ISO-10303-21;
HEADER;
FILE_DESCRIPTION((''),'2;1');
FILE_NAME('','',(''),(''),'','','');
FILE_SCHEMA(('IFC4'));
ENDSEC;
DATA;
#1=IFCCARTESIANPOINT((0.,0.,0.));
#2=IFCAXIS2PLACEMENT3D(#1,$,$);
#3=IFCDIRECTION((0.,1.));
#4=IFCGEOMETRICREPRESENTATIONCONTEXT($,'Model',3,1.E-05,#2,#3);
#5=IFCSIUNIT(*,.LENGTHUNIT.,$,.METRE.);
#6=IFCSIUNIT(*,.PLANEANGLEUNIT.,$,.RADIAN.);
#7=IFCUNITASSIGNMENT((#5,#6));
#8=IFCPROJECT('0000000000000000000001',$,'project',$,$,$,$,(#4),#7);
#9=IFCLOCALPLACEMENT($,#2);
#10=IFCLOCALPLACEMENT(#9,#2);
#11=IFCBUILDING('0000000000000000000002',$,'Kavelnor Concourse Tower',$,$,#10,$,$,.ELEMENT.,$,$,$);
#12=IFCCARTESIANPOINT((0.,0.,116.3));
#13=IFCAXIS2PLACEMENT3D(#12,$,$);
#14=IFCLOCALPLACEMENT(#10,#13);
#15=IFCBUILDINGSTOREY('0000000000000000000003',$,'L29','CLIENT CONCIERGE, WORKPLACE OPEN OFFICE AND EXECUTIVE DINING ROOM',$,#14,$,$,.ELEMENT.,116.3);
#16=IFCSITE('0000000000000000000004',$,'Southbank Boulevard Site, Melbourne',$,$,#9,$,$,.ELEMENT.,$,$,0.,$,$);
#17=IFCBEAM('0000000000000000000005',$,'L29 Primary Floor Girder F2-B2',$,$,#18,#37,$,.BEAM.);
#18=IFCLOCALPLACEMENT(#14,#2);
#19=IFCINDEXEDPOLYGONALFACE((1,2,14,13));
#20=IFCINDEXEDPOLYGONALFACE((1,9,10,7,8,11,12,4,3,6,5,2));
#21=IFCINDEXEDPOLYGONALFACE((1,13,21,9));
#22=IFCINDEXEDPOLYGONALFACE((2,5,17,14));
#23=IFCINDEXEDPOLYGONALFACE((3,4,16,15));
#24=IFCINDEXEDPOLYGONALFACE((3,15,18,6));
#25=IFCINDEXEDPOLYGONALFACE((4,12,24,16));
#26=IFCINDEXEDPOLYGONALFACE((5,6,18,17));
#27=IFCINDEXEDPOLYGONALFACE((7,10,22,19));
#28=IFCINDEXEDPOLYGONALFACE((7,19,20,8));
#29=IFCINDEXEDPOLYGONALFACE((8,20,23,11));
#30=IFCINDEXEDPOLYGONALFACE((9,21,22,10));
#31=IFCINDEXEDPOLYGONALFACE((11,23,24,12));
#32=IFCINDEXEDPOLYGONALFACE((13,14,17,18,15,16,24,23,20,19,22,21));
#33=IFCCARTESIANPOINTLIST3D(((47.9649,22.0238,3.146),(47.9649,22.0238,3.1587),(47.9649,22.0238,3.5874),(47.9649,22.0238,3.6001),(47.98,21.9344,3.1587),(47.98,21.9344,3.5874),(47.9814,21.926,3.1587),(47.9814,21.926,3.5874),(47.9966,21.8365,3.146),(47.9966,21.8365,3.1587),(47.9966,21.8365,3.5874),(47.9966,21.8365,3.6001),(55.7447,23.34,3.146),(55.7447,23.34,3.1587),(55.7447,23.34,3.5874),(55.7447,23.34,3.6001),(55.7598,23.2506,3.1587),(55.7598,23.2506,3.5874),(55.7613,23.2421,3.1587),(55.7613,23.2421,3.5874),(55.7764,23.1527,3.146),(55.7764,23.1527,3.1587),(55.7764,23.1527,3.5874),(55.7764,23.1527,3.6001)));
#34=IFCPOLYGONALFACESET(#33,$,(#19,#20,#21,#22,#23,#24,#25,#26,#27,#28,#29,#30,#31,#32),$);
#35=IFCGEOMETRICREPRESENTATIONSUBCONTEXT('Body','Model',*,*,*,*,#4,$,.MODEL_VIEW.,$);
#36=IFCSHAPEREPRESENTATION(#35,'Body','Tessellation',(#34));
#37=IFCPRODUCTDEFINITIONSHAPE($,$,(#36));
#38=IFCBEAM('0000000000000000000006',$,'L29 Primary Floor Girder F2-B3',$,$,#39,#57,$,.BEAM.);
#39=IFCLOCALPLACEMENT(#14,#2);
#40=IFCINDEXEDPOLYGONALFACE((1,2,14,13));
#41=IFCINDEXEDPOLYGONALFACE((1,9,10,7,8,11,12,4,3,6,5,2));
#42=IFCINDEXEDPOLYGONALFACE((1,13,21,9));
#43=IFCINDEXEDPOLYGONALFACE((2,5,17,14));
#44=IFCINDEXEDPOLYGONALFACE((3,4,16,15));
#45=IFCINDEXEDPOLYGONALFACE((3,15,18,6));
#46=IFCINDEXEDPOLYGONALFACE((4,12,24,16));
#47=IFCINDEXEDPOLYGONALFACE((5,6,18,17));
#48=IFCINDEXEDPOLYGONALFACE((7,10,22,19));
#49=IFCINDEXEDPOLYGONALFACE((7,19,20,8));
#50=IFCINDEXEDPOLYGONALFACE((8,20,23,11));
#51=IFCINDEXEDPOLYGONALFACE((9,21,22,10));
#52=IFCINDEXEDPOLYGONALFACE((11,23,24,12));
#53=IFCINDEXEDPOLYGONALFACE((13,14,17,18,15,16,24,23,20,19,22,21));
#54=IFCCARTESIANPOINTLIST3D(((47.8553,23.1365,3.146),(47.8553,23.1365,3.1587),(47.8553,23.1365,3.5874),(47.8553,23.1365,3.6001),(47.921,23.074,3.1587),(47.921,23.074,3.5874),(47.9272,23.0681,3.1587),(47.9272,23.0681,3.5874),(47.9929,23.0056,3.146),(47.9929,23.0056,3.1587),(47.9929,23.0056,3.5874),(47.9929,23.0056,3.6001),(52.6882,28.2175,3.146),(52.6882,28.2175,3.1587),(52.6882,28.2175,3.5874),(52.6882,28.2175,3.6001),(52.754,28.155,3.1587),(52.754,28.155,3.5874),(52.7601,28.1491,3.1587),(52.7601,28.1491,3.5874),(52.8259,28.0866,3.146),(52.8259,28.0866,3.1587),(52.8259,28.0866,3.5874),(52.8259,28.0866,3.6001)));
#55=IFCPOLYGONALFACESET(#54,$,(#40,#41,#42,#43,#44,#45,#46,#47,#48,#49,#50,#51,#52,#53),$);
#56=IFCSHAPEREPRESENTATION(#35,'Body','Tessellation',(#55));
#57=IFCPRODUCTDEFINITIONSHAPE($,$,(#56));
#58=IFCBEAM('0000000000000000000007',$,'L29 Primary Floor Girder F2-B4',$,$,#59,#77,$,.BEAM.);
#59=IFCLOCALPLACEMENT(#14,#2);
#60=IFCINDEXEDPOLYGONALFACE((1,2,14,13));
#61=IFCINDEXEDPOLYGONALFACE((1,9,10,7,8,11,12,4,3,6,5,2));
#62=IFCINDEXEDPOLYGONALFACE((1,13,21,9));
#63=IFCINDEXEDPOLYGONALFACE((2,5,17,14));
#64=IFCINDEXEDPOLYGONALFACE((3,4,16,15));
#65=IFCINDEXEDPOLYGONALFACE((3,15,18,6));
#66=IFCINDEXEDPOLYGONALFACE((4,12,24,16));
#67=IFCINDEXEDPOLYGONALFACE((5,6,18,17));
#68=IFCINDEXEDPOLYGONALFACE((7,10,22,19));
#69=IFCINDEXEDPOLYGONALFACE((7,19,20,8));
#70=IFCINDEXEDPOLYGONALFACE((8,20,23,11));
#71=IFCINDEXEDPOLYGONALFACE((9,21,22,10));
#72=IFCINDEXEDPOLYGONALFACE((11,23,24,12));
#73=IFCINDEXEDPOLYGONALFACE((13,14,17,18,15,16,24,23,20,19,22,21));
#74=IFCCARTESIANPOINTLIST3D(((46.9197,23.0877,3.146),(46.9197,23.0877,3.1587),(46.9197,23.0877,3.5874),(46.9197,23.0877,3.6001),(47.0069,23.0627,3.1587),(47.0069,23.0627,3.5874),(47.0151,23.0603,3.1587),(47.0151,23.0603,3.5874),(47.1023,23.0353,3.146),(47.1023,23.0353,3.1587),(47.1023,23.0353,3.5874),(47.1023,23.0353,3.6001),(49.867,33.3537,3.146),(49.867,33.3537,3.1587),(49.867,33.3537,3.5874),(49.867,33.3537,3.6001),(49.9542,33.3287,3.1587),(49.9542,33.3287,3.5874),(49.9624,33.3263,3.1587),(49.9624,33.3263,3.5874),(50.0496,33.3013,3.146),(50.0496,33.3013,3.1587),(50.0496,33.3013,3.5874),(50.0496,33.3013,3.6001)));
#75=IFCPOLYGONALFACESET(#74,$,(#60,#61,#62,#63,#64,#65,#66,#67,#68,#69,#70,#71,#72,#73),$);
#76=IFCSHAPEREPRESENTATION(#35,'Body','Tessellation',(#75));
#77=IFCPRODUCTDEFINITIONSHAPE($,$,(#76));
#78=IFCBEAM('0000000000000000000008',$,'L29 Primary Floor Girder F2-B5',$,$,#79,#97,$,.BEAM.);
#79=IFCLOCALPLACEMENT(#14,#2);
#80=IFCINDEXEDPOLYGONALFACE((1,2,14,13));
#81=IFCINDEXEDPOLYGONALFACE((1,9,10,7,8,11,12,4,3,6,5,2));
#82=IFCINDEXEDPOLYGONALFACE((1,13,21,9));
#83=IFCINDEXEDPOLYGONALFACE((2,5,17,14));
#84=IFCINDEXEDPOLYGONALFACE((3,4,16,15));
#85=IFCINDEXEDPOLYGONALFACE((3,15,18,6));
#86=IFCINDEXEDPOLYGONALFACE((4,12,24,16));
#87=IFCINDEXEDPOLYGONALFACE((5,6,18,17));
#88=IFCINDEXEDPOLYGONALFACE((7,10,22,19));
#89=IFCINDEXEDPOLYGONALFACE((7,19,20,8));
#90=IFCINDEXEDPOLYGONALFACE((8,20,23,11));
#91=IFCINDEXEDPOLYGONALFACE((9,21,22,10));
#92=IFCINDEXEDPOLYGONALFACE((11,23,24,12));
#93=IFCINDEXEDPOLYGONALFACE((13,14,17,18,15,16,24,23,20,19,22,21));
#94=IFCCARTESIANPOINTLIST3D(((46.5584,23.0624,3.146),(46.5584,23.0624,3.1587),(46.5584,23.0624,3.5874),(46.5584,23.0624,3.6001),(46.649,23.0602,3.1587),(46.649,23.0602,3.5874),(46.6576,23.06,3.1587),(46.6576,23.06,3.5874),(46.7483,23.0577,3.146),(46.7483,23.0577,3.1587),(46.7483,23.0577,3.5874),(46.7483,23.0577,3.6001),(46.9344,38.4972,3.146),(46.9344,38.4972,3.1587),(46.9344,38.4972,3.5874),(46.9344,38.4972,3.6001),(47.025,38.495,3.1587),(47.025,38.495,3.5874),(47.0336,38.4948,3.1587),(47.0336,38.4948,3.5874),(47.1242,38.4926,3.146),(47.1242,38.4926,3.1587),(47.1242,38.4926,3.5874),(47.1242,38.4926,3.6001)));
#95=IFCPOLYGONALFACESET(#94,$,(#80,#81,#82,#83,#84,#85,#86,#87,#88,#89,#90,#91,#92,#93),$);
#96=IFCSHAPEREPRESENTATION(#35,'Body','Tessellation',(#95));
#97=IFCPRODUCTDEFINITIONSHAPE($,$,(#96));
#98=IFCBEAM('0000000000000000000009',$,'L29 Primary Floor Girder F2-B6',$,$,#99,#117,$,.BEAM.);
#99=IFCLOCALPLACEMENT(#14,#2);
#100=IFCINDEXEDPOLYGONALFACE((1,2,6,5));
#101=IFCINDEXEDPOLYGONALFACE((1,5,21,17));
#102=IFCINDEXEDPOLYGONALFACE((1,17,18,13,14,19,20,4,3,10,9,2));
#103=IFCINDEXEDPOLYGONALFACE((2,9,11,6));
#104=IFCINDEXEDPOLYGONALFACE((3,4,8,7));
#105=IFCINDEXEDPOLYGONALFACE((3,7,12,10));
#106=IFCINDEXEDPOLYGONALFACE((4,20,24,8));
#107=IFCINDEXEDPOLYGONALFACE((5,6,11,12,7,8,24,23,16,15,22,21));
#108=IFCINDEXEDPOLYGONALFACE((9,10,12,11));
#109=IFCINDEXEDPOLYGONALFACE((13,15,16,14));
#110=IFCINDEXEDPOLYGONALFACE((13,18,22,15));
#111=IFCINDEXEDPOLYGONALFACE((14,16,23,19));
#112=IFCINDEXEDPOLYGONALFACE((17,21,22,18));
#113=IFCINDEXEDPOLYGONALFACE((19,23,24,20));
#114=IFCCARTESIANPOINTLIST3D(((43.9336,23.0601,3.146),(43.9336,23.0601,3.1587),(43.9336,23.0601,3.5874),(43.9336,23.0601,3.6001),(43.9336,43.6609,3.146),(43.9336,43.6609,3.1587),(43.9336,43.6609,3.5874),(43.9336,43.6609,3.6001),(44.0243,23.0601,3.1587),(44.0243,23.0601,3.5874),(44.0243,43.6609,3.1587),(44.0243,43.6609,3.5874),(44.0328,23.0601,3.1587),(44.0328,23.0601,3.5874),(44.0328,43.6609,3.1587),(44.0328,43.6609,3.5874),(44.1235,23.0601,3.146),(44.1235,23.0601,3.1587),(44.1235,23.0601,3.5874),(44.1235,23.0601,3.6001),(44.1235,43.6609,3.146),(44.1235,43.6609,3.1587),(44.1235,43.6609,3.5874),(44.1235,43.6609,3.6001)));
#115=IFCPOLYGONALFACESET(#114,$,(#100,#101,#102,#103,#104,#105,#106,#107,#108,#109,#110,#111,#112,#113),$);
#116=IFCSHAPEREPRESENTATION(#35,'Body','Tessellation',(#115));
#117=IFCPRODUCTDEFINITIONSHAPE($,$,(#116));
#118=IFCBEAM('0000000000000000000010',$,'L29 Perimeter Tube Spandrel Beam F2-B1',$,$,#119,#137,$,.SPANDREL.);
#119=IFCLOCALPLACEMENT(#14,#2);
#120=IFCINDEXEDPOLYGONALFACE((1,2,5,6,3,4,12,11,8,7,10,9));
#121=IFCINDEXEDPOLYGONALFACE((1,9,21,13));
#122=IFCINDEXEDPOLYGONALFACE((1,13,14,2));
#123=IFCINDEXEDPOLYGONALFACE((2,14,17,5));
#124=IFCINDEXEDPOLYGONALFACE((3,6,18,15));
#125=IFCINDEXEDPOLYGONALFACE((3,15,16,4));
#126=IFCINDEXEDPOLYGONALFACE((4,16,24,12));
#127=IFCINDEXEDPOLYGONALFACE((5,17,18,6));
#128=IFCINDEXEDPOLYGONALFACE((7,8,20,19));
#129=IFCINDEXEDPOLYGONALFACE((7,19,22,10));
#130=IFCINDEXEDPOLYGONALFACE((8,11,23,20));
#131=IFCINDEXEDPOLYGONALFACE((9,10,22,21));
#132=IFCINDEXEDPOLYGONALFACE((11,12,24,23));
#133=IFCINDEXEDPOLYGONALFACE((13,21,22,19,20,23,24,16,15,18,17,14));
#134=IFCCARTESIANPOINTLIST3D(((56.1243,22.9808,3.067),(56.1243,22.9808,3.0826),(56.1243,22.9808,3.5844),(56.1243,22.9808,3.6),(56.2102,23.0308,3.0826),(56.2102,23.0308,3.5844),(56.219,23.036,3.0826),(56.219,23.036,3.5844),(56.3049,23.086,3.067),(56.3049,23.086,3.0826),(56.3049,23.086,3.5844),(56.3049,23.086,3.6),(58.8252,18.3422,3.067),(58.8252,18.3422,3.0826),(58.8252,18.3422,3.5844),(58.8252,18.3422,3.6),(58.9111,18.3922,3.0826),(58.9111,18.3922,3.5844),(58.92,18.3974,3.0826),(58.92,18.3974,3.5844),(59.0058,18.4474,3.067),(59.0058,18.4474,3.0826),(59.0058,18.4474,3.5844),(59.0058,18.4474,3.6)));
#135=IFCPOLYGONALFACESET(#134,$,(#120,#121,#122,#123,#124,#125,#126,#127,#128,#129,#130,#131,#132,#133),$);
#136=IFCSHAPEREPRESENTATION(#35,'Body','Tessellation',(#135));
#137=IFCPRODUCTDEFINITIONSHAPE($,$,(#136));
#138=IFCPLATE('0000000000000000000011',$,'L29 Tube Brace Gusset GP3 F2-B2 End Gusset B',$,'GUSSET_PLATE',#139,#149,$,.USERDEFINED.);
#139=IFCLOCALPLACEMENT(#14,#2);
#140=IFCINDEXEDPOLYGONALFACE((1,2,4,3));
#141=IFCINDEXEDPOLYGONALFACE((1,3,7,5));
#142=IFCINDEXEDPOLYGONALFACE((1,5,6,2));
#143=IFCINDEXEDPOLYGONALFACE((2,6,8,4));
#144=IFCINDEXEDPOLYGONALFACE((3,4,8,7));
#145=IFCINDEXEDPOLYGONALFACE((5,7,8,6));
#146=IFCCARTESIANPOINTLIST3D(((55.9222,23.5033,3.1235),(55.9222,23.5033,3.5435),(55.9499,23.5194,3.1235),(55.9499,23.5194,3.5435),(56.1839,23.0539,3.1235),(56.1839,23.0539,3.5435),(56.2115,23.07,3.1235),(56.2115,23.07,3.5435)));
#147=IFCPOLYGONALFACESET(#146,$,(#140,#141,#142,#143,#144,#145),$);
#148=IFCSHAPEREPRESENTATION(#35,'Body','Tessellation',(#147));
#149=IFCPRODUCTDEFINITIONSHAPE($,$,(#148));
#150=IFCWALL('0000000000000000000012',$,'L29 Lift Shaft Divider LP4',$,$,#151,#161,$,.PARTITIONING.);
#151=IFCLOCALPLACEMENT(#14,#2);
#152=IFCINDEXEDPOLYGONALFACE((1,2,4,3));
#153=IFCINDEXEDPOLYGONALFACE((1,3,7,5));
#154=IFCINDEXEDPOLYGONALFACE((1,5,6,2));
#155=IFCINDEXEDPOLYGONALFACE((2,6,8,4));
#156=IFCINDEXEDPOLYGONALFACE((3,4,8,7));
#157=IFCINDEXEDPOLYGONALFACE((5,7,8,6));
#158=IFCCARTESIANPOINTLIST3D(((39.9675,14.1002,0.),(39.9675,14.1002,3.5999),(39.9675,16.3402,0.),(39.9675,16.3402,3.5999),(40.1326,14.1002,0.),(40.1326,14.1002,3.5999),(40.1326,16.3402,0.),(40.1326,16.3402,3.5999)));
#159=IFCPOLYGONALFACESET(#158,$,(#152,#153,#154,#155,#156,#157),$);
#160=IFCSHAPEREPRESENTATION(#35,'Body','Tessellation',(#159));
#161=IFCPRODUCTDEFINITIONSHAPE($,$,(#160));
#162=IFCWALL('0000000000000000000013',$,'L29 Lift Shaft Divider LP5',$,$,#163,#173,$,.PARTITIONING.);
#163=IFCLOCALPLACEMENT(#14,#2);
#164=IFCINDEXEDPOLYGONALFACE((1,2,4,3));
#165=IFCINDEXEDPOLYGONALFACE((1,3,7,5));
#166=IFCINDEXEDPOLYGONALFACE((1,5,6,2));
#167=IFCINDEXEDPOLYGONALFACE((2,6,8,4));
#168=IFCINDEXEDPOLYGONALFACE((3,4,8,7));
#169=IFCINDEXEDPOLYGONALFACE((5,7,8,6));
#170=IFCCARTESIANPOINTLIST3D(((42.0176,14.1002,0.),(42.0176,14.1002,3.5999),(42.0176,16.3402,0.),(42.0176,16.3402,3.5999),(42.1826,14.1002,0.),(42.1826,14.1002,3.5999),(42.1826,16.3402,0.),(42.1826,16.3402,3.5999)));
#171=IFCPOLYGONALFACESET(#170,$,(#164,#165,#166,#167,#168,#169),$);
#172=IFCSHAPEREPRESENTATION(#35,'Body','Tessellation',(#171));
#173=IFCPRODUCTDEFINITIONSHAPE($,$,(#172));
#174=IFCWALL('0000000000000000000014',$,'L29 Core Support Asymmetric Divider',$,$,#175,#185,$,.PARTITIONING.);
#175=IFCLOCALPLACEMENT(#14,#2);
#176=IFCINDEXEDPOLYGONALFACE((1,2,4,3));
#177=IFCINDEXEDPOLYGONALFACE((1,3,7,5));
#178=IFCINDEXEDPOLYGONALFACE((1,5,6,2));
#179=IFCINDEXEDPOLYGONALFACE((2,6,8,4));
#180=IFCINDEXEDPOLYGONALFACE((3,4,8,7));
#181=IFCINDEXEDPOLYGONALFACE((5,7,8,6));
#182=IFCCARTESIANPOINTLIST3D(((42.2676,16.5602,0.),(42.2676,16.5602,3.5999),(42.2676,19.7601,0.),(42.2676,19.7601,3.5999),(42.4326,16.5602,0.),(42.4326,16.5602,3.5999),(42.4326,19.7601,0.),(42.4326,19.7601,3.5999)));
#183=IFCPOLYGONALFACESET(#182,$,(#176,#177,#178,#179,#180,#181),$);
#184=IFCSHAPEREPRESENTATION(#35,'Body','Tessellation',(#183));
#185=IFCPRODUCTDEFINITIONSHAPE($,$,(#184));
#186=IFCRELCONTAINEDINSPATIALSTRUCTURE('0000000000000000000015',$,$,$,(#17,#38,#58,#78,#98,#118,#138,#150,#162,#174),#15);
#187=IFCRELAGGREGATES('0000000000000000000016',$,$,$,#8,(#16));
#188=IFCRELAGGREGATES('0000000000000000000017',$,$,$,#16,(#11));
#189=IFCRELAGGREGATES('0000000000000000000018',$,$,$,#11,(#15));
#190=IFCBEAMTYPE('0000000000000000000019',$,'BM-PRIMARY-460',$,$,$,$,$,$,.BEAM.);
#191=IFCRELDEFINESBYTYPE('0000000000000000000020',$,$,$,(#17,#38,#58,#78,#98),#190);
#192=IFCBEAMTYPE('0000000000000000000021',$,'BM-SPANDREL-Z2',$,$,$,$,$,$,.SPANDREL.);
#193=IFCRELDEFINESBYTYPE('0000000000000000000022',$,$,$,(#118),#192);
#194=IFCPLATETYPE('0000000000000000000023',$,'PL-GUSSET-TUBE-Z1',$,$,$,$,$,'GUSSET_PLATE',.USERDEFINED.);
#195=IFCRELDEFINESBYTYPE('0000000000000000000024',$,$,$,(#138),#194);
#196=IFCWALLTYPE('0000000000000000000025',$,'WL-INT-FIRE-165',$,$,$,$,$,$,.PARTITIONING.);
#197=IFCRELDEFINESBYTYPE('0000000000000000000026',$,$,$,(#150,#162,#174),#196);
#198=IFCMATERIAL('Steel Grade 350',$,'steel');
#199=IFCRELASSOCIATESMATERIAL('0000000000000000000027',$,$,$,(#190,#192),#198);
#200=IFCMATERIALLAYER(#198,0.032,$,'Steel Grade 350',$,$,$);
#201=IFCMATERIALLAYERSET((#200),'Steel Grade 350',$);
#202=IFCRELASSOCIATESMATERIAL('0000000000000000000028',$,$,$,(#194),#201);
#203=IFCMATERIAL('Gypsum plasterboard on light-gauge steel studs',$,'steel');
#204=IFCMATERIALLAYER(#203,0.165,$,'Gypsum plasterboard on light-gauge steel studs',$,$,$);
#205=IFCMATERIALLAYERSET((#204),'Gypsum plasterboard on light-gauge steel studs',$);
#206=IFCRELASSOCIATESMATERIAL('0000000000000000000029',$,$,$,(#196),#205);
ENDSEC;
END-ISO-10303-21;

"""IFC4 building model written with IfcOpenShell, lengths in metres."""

from ifc_helpers import new_model, si_unit, direction, frame, frame_2d, origin, origin_2d, place, context, subcontext, project, spatial, rectangle, i_section, extrude, material, layer, layer_set, material_profile, profile_set, type_object, element, save


model = new_model("IFC4")

# Units and contexts
model_context = context("Model", 3, precision=1e-05, world=origin(), true_north=direction((0.0, 1.0)))
body_context = subcontext(model_context, "Body", "Model", "MODEL_VIEW")
ifc_project = project(units=[si_unit("LENGTHUNIT", "METRE"), si_unit("PLANEANGLEUNIT", "RADIAN")], contexts=[model_context])

# Site, building, storey
site_placement = place(None, origin())
site = spatial("IfcSite", under=ifc_project, at=site_placement, Name="Southbank Boulevard Site, Melbourne", CompositionType="ELEMENT", RefElevation=0.0)
building_placement = place(site_placement, origin())
building = spatial("IfcBuilding", under=site, at=building_placement, Name="Kavelnor Concourse Tower", CompositionType="ELEMENT")
storey_placement = place(building_placement, frame((0.0, 0.0, 116.3)))
storey = spatial("IfcBuildingStorey", under=building, at=storey_placement, Name="L29", Description="CLIENT CONCIERGE, WORKPLACE OPEN OFFICE AND EXECUTIVE DINING ROOM", CompositionType="ELEMENT", Elevation=116.3)

# Shared definitions
ifc_material_1 = material(Name="Steel Grade 350", Category="steel")

# Beams
ifc_material_profile_1 = material_profile(ifc_material_1, i_section(OverallWidth=0.1899, OverallDepth=0.4541, WebThickness=0.0085, FlangeThickness=0.0127, at=origin_2d()), Name="460UB67")
ifc_profile_set_1 = profile_set([ifc_material_profile_1], Name="Steel Grade 350")
beam_type_1 = type_object("IfcBeamType", Name="BM-PRIMARY-460", PredefinedType="BEAM", material=ifc_profile_set_1)
beam_1_placement = place(storey_placement, frame((47.9807, 21.9302, 3.373), z_axis=(0.98599, 0.166807, 0.0), x_axis=(-0.166807, 0.98599, 0.0)))
element("IfcBeam", 1, at=beam_1_placement, inside=storey, type_object=beam_type_1, Name="L29 Primary Floor Girder F2-B2", PredefinedType="BEAM", context=body_context, shape_type="SweptSolid", body=[
    extrude(i_section(OverallWidth=0.1899, OverallDepth=0.4541, WebThickness=0.0085, FlangeThickness=0.0127, at=origin_2d()), origin(), (0.0, 0.0, 1.0), 7.8904),
])
beam_2_placement = place(storey_placement, frame((47.9241, 23.071, 3.373), z_axis=(0.6892, 0.724572, 0.0), x_axis=(-0.724572, 0.6892, 0.0)))
element("IfcBeam", 2, at=beam_2_placement, inside=storey, type_object=beam_type_1, Name="L29 Primary Floor Girder F2-B3", PredefinedType="BEAM", context=body_context, shape_type="SweptSolid", body=[
    extrude(i_section(OverallWidth=0.1899, OverallDepth=0.4541, WebThickness=0.0085, FlangeThickness=0.0127, at=origin_2d()), origin(), (0.0, 0.0, 1.0), 7.0125),
])
beam_3_placement = place(storey_placement, frame((47.011, 23.0615, 3.373), z_axis=(0.275947, 0.961173, 0.0), x_axis=(-0.961173, 0.275947, 0.0)))
element("IfcBeam", 3, at=beam_3_placement, inside=storey, type_object=beam_type_1, Name="L29 Primary Floor Girder F2-B4", PredefinedType="BEAM", context=body_context, shape_type="SweptSolid", body=[
    extrude(i_section(OverallWidth=0.1899, OverallDepth=0.4541, WebThickness=0.0085, FlangeThickness=0.0127, at=origin_2d()), origin(), (0.0, 0.0, 1.0), 10.6807),
])
beam_4_placement = place(storey_placement, frame((46.6533, 23.0601, 3.373), z_axis=(0.024352, 0.999703, 0.0), x_axis=(-0.999703, 0.024352, 0.0)))
element("IfcBeam", 4, at=beam_4_placement, inside=storey, type_object=beam_type_1, Name="L29 Primary Floor Girder F2-B5", PredefinedType="BEAM", context=body_context, shape_type="SweptSolid", body=[
    extrude(i_section(OverallWidth=0.1899, OverallDepth=0.4541, WebThickness=0.0085, FlangeThickness=0.0127, at=origin_2d()), origin(), (0.0, 0.0, 1.0), 15.4395),
])
beam_5_placement = place(storey_placement, frame((44.0286, 23.0601, 3.373), z_axis=(0.0, 1.0, 0.0), x_axis=(-1.0, 0.0, 0.0)))
element("IfcBeam", 5, at=beam_5_placement, inside=storey, type_object=beam_type_1, Name="L29 Primary Floor Girder F2-B6", PredefinedType="BEAM", context=body_context, shape_type="SweptSolid", body=[
    extrude(i_section(OverallWidth=0.1899, OverallDepth=0.4541, WebThickness=0.0085, FlangeThickness=0.0127, at=origin_2d()), origin(), (0.0, 0.0, 1.0), 20.6008),
])
ifc_material_profile_2 = material_profile(ifc_material_1, i_section(OverallWidth=0.209, OverallDepth=0.533, WebThickness=0.0103, FlangeThickness=0.0156, at=origin_2d()), Name="530UB92")
ifc_profile_set_2 = profile_set([ifc_material_profile_2], Name="Steel Grade 350")
beam_type_2 = type_object("IfcBeamType", Name="BM-SPANDREL-Z2", PredefinedType="SPANDREL", material=ifc_profile_set_2)
beam_6_placement = place(storey_placement, frame((58.9155, 18.3948, 3.3335), z_axis=(-0.503181, 0.864181, 0.0), x_axis=(-0.864181, -0.503181, 0.0)))
element("IfcBeam", 6, at=beam_6_placement, inside=storey, type_object=beam_type_2, Name="L29 Perimeter Tube Spandrel Beam F2-B1", PredefinedType="SPANDREL", context=body_context, shape_type="SweptSolid", body=[
    extrude(i_section(OverallWidth=0.209, OverallDepth=0.533, WebThickness=0.0103, FlangeThickness=0.0156, at=origin_2d()), origin(), (0.0, 0.0, 1.0), 5.3677),
])

# Plate
ifc_layer_1 = layer(ifc_material_1, 0.032, Name="Steel Grade 350")
ifc_layer_set_1 = layer_set([ifc_layer_1], Name="Steel Grade 350")
plate_type = type_object("IfcPlateType", Name="PL-GUSSET-TUBE-Z1", ElementType="GUSSET_PLATE", PredefinedType="USERDEFINED", material=ifc_layer_set_1)
plate_placement = place(storey_placement, frame((56.0669, 23.2866, 3.1235), z_axis=(0.0, 0.0, 1.0), x_axis=(0.503171, -0.864187, 0.0)))
element("IfcPlate", 7, at=plate_placement, inside=storey, type_object=plate_type, Name="L29 Tube Brace Gusset GP3 F2-B2 End Gusset B", ObjectType="GUSSET_PLATE", PredefinedType="USERDEFINED", context=body_context, shape_type="SweptSolid", body=[
    extrude(rectangle(XDim=0.52, YDim=0.032, at=origin_2d()), origin(), (0.0, 0.0, 1.0), 0.4199),
])

# Walls
ifc_material_2 = material(Name="Gypsum plasterboard on light-gauge steel studs", Category="steel")
ifc_layer_2 = layer(ifc_material_2, 0.165, Name="Gypsum plasterboard on light-gauge steel studs")
ifc_layer_set_2 = layer_set([ifc_layer_2], Name="Gypsum plasterboard on light-gauge steel studs")
wall_type_1 = type_object("IfcWallType", Name="WL-INT-FIRE-165", PredefinedType="PARTITIONING", material=ifc_layer_set_2)
for number, where, z_axis, x_axis, name in (
    (8, (40.05, 14.1001, 0.0), (0.0, 0.0, 1.0), (0.0, 1.0, 0.0), "L29 Lift Shaft Divider LP4"),
    (9, (42.1001, 14.1001, 0.0), (0.0, 0.0, 1.0), (0.0, 1.0, 0.0), "L29 Lift Shaft Divider LP5"),
):
    element("IfcWall", number, at=place(storey_placement, frame(where, z_axis=z_axis, x_axis=x_axis)), inside=storey, type_object=wall_type_1, Name=name, PredefinedType="PARTITIONING", context=body_context, shape_type="SweptSolid", body=[
        extrude(rectangle(XDim=2.24, YDim=0.165, at=frame_2d((1.1201, 0.0))), origin(), (0.0, 0.0, 1.0), 3.5999),
    ])
wall_1_placement = place(storey_placement, frame((42.3501, 16.5601, 0.0), z_axis=(0.0, 0.0, 1.0), x_axis=(0.0, 1.0, 0.0)))
element("IfcWall", 10, at=wall_1_placement, inside=storey, type_object=wall_type_1, Name="L29 Core Support Asymmetric Divider", PredefinedType="PARTITIONING", context=body_context, shape_type="SweptSolid", body=[
    extrude(rectangle(XDim=3.2, YDim=0.165, at=frame_2d((1.6001, 0.0))), origin(), (0.0, 0.0, 1.0), 3.5999),
])

save(model, "model.ifc")
